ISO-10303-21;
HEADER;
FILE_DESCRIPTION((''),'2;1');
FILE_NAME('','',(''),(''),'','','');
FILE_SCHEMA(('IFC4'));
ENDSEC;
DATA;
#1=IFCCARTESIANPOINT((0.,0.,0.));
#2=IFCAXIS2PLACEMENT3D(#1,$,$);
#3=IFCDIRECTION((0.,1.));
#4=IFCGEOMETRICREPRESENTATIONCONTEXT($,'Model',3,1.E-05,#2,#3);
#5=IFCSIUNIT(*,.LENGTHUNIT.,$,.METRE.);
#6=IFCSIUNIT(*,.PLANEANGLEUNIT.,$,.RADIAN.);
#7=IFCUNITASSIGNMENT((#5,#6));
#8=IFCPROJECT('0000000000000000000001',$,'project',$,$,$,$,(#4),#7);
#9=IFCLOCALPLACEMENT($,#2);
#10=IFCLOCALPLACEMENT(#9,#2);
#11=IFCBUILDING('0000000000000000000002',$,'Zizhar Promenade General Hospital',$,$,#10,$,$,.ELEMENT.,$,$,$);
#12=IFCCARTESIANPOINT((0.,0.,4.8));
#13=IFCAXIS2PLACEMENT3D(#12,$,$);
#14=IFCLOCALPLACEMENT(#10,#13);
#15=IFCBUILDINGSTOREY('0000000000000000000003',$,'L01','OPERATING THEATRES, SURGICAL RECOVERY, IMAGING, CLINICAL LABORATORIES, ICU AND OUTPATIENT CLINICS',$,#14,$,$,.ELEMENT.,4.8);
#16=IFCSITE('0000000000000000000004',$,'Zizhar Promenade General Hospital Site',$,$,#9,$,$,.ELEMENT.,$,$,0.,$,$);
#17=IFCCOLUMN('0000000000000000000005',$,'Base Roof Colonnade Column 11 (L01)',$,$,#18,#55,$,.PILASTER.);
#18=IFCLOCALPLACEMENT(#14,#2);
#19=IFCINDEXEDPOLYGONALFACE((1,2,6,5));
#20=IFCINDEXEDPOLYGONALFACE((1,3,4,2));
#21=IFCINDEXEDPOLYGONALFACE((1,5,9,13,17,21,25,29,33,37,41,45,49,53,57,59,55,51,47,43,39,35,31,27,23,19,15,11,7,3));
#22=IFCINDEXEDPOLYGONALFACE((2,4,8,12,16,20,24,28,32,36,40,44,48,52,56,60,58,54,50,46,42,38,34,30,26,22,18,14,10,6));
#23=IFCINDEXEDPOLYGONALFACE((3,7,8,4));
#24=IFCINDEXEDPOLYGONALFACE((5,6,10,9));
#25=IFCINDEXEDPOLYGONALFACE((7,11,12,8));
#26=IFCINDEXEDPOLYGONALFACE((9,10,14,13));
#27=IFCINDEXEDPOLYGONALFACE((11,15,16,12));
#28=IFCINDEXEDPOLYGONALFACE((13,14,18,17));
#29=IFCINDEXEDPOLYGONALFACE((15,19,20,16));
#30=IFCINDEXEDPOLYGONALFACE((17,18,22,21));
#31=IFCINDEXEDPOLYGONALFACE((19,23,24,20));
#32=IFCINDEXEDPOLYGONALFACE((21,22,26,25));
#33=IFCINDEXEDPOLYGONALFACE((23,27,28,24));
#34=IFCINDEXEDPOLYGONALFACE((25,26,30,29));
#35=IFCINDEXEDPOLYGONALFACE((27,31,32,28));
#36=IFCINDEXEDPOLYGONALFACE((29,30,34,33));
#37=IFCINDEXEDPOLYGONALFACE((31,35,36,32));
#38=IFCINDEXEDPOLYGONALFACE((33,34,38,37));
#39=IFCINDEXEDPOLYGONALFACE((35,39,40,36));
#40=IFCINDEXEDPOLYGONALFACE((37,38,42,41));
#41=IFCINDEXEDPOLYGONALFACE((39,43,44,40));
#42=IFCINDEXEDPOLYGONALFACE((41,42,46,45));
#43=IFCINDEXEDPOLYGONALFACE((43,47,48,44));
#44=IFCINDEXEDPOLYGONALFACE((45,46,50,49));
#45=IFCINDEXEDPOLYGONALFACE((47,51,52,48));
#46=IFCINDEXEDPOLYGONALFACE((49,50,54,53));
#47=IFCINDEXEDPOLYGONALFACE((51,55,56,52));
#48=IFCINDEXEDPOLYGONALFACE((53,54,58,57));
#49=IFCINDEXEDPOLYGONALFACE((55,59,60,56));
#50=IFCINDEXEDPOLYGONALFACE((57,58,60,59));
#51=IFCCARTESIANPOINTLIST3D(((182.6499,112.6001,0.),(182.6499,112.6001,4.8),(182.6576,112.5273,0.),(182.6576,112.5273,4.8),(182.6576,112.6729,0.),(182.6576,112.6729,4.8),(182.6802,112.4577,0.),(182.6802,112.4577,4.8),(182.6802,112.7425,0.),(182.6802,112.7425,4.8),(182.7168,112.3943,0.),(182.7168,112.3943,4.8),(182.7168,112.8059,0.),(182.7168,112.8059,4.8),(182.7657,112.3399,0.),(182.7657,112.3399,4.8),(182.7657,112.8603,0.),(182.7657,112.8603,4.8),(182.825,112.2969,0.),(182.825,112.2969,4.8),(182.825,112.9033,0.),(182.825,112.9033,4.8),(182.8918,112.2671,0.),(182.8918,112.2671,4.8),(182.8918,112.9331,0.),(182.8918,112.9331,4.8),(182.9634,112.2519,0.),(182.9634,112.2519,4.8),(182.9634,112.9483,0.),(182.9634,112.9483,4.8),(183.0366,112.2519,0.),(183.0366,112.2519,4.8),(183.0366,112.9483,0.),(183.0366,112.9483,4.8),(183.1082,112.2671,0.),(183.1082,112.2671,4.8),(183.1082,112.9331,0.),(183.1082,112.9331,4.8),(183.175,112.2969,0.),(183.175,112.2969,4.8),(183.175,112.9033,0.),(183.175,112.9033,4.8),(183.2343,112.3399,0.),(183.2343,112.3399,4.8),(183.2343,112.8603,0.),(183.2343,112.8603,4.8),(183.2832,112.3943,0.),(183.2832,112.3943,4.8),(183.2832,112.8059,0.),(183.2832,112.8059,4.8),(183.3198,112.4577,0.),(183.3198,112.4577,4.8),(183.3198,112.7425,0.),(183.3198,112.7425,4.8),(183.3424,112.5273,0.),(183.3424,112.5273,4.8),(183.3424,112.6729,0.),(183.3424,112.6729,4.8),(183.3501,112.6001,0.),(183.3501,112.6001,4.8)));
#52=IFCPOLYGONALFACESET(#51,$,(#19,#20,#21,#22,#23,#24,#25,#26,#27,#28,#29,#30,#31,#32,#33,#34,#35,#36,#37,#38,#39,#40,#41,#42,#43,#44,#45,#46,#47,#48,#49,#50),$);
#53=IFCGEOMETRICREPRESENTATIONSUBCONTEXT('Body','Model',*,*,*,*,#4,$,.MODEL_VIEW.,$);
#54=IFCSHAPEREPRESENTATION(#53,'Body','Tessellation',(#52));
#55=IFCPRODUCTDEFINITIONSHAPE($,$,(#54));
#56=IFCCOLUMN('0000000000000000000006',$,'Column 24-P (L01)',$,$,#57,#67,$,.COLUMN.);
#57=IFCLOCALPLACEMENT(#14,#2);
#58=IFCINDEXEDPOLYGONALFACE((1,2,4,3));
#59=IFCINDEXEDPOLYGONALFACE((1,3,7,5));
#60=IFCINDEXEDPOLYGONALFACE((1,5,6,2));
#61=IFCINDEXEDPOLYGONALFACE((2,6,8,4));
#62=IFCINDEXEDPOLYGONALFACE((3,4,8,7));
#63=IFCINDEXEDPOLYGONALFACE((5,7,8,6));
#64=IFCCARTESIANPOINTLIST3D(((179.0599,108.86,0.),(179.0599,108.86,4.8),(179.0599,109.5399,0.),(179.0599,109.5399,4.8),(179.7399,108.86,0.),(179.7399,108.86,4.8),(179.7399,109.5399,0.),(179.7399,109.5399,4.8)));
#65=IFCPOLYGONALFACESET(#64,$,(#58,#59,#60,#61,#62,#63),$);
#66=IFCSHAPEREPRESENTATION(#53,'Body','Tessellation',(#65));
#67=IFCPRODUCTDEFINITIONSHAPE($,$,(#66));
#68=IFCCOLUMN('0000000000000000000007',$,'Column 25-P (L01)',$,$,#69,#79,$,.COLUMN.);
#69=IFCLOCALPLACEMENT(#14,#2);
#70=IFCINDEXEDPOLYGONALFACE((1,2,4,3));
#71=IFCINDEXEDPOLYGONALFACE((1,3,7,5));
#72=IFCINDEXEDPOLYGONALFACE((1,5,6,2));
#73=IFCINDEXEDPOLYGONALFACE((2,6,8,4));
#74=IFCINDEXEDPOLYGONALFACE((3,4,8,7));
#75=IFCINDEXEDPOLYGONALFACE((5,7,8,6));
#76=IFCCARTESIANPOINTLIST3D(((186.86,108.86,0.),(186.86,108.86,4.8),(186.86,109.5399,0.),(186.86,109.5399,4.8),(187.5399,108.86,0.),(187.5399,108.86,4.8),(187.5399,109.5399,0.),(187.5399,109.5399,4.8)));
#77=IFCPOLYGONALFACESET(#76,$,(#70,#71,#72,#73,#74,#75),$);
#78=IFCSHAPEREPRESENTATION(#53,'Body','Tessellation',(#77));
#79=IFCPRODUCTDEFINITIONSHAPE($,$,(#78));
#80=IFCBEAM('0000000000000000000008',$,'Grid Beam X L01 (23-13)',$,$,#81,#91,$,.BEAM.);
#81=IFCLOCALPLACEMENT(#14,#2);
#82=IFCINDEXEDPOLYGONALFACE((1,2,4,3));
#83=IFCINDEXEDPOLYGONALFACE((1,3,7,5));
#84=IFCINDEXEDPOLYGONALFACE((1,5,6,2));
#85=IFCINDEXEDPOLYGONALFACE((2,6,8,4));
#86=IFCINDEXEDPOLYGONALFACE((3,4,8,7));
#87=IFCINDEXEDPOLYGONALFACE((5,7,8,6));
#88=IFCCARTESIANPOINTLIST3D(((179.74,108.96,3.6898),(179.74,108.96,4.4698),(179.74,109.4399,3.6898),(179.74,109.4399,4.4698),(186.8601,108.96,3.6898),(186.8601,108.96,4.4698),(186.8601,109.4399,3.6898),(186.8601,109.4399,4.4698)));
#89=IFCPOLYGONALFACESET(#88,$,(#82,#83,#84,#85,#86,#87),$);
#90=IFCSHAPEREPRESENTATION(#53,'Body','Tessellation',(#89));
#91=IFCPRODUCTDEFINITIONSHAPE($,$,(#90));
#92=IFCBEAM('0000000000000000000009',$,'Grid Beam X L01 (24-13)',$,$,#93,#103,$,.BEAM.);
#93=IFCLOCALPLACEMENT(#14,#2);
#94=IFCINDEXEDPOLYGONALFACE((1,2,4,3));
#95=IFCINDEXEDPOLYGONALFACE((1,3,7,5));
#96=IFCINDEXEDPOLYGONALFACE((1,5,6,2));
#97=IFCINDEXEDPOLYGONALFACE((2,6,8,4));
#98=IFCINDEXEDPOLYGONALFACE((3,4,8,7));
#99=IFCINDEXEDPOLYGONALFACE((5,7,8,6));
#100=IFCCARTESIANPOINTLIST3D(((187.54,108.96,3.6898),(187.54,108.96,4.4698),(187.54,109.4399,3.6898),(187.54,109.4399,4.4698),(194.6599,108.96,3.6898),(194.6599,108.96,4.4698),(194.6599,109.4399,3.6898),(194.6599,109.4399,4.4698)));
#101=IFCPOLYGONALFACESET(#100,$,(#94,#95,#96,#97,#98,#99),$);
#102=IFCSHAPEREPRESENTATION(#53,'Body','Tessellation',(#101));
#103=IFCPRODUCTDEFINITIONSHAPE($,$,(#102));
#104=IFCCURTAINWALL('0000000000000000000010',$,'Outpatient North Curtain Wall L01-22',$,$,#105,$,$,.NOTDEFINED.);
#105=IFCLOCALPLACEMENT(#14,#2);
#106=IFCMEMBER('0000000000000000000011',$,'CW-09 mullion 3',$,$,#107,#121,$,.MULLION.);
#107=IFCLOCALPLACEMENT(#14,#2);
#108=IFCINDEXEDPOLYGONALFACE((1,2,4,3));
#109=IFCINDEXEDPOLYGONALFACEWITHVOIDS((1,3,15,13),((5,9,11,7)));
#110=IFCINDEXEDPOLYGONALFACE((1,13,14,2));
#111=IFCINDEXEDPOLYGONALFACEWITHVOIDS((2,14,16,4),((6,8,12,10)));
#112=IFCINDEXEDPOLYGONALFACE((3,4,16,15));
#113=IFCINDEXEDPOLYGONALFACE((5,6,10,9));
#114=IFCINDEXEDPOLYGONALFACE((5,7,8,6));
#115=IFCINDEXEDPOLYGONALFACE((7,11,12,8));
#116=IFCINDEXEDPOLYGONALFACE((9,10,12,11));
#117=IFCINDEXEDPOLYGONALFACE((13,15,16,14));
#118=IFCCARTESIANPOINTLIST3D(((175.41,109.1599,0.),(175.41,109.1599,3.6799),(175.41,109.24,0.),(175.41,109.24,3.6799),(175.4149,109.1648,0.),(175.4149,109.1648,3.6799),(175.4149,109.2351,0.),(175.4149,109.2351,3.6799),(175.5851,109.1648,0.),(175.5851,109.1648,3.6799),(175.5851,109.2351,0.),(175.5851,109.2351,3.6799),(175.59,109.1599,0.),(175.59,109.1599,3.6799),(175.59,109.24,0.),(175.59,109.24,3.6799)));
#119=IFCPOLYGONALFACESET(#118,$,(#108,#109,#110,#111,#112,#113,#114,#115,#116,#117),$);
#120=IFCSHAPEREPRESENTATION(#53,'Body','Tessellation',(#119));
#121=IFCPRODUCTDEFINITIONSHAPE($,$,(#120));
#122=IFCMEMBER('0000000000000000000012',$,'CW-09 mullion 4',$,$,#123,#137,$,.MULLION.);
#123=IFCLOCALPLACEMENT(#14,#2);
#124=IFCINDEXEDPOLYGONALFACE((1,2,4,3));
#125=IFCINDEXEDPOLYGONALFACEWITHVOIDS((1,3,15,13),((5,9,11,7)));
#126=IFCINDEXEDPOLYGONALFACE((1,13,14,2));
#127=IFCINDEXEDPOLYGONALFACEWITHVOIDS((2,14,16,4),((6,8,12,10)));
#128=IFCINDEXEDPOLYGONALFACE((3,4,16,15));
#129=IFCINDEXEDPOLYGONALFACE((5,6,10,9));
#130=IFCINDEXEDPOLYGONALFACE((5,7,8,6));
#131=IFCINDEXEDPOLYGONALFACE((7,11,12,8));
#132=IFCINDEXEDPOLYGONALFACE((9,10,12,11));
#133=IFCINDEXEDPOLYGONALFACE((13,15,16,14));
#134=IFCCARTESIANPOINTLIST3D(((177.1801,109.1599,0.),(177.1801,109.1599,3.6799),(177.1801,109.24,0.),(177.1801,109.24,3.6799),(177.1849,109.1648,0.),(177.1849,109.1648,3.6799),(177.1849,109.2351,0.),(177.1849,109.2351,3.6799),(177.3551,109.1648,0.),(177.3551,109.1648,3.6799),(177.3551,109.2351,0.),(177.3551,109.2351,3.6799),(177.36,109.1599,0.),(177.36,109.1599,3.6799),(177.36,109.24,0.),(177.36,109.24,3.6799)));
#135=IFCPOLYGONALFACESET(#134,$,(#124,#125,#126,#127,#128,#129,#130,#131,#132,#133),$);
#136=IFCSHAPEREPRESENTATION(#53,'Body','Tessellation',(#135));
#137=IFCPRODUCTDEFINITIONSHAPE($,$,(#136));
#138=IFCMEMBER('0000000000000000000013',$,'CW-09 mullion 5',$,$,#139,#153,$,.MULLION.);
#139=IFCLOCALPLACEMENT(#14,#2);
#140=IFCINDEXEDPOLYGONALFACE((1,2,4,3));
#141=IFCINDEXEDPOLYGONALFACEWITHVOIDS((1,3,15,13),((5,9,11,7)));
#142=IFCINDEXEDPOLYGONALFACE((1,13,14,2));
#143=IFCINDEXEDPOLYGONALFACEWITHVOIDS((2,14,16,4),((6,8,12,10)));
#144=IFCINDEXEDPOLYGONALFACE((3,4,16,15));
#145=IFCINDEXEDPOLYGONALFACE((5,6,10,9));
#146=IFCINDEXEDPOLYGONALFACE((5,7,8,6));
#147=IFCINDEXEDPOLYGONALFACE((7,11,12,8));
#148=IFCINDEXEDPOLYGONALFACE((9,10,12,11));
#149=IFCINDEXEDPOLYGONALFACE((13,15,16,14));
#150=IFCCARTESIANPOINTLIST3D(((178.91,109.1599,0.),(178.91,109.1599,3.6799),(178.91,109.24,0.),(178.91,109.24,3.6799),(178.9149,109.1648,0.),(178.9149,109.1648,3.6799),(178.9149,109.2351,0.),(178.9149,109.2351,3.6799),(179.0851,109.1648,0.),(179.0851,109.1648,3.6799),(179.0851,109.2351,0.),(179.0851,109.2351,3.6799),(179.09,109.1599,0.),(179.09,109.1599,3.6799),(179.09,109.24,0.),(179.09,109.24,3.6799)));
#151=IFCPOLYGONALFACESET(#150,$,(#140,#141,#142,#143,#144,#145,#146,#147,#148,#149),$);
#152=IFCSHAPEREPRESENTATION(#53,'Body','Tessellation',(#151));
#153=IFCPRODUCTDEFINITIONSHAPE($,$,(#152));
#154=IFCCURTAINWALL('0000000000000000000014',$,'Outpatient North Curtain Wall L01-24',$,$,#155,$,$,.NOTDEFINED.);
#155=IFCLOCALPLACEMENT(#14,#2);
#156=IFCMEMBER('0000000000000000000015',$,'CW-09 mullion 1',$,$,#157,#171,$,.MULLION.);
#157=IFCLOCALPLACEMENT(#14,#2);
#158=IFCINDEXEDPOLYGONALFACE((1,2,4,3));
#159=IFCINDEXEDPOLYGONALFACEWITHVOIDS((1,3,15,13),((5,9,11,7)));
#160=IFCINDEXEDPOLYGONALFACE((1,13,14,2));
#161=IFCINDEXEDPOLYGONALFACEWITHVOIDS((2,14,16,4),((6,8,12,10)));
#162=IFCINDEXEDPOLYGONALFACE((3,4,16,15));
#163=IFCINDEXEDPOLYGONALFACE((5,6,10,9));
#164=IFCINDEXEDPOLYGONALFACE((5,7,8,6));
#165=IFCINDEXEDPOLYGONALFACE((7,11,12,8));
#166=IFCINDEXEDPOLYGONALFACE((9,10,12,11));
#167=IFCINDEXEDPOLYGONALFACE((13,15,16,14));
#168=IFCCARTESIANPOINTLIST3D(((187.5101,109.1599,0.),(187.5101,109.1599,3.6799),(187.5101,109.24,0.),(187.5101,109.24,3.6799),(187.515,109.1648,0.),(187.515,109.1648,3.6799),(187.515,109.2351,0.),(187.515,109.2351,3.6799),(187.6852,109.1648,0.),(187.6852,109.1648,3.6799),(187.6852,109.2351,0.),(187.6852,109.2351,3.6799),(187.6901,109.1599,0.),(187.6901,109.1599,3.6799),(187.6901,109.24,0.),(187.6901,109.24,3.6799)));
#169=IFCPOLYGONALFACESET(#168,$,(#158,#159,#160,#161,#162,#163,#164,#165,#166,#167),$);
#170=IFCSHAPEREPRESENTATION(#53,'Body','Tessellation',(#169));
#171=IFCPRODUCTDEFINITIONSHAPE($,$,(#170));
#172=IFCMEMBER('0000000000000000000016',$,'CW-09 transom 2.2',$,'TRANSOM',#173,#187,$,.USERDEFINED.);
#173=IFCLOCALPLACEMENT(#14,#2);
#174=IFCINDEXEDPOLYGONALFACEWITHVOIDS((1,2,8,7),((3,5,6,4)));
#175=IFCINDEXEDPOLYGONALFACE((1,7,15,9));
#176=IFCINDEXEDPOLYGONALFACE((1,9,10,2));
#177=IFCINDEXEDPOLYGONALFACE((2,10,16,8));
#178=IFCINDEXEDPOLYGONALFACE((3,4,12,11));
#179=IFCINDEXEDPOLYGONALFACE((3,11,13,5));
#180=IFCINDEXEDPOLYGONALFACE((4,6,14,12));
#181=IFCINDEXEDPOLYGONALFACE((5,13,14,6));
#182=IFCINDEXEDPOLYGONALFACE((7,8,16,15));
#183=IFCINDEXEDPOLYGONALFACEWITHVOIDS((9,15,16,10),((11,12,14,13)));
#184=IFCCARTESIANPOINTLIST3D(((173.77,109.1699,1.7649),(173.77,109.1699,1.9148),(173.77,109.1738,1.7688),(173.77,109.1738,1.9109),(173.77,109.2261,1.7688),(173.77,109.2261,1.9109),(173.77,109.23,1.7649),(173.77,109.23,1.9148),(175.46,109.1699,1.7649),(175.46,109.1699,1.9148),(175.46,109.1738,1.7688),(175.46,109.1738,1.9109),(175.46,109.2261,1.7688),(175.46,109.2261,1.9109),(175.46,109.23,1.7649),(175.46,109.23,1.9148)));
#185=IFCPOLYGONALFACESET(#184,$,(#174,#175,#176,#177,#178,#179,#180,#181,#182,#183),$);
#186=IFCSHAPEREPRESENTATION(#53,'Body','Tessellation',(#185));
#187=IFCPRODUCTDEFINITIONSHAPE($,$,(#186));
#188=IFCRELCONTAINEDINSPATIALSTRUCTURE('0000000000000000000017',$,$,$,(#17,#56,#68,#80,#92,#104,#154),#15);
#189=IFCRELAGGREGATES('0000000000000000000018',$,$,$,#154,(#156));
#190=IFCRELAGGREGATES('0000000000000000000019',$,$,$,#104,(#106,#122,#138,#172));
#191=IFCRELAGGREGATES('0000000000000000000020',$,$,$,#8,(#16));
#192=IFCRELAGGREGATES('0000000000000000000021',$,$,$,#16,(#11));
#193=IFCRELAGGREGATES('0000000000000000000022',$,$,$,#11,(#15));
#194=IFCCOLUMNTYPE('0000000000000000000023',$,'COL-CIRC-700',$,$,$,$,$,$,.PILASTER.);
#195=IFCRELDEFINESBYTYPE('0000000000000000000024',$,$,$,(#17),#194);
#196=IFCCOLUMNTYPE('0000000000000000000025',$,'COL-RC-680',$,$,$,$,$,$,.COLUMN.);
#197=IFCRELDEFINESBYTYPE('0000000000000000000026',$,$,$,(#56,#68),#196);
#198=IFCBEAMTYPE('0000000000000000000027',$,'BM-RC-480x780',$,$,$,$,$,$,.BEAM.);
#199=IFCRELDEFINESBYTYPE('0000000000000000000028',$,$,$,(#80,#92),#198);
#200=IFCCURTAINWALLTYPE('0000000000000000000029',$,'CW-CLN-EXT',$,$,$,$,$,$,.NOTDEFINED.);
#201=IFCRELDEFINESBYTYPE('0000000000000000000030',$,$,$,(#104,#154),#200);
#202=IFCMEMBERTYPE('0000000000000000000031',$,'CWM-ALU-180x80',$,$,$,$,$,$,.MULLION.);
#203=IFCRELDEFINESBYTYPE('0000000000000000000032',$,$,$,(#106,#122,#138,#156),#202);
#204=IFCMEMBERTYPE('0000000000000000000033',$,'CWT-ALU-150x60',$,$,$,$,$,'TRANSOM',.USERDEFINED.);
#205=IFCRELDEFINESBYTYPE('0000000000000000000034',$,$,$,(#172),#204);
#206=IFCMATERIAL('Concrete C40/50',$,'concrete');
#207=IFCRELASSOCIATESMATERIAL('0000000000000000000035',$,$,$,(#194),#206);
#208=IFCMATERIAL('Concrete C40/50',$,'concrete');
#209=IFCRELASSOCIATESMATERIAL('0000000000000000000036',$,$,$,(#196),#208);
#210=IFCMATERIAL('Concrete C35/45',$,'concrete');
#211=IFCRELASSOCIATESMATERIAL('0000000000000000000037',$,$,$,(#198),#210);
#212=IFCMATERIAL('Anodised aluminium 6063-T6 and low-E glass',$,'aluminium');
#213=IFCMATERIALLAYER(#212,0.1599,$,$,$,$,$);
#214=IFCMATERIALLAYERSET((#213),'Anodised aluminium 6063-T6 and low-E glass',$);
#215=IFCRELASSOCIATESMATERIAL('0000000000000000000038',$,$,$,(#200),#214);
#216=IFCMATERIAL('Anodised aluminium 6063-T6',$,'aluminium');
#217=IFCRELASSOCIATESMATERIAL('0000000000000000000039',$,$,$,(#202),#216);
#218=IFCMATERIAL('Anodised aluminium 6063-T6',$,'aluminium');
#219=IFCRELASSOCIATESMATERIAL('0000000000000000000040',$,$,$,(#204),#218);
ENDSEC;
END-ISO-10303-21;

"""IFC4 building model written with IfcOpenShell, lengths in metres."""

from ifc_helpers import new_model, si_unit, direction, frame, origin, origin_2d, place, context, subcontext, project, spatial, rectangle, hollow_rectangle, circle, extrude, material, layer, layer_set, material_profile, profile_set, type_object, element, aggregate, save


model = new_model("IFC4")

# Units and contexts
model_context = context("Model", 3, precision=1e-05, world=origin(), true_north=direction((0.0, 1.0)))
body_context = subcontext(model_context, "Body", "Model", "MODEL_VIEW")
ifc_project = project(units=[si_unit("LENGTHUNIT", "METRE"), si_unit("PLANEANGLEUNIT", "RADIAN")], contexts=[model_context])

# Site, building, storey
site_placement = place(None, origin())
site = spatial("IfcSite", under=ifc_project, at=site_placement, Name="Zizhar Promenade General Hospital Site", CompositionType="ELEMENT", RefElevation=0.0)
building_placement = place(site_placement, origin())
building = spatial("IfcBuilding", under=site, at=building_placement, Name="Zizhar Promenade General Hospital", CompositionType="ELEMENT")
storey_placement = place(building_placement, frame((0.0, 0.0, 4.8)))
storey = spatial("IfcBuildingStorey", under=building, at=storey_placement, Name="L01", Description="OPERATING THEATRES, SURGICAL RECOVERY, IMAGING, CLINICAL LABORATORIES, ICU AND OUTPATIENT CLINICS", CompositionType="ELEMENT", Elevation=4.8)

# Columns
ifc_material_1 = material(Name="Concrete C40/50", Category="concrete")
ifc_material_profile_1 = material_profile(ifc_material_1, circle(Radius=0.3501, at=origin_2d()))
ifc_profile_set_1 = profile_set([ifc_material_profile_1], Name="Concrete C40/50")
column_type_1 = type_object("IfcColumnType", Name="COL-CIRC-700", PredefinedType="PILASTER", material=ifc_profile_set_1)
column_placement = place(storey_placement, frame((183.0, 112.6001, 0.0), z_axis=(0.0, 0.0, 1.0), x_axis=(1.0, 0.0, 0.0)))
element("IfcColumn", 1, at=column_placement, inside=storey, type_object=column_type_1, Name="Base Roof Colonnade Column 11 (L01)", PredefinedType="PILASTER", context=body_context, shape_type="SweptSolid", body=[
    extrude(circle(Radius=0.3501, at=origin_2d()), origin(), (0.0, 0.0, 1.0), 4.8),
])
ifc_material_2 = material(Name="Concrete C40/50", Category="concrete")
ifc_material_profile_2 = material_profile(ifc_material_2, rectangle(XDim=0.6799, YDim=0.6799, at=origin_2d()))
ifc_profile_set_2 = profile_set([ifc_material_profile_2], Name="Concrete C40/50")
column_type_2 = type_object("IfcColumnType", Name="COL-RC-680", PredefinedType="COLUMN", material=ifc_profile_set_2)
for number, where, z_axis, x_axis, name in (
    (2, (179.3999, 109.2, 0.0), (0.0, 0.0, 1.0), (1.0, 0.0, 0.0), "Column 24-P (L01)"),
    (3, (187.2, 109.2, 0.0), (0.0, 0.0, 1.0), (1.0, 0.0, 0.0), "Column 25-P (L01)"),
):
    element("IfcColumn", number, at=place(storey_placement, frame(where, z_axis=z_axis, x_axis=x_axis)), inside=storey, type_object=column_type_2, Name=name, PredefinedType="COLUMN", context=body_context, shape_type="SweptSolid", body=[
        extrude(rectangle(XDim=0.6799, YDim=0.6799, at=origin_2d()), origin(), (0.0, 0.0, 1.0), 4.8),
    ])

# Beams
ifc_material_3 = material(Name="Concrete C35/45", Category="concrete")
ifc_material_profile_3 = material_profile(ifc_material_3, rectangle(XDim=0.48, YDim=0.78, at=origin_2d()))
ifc_profile_set_3 = profile_set([ifc_material_profile_3], Name="Concrete C35/45")
beam_type = type_object("IfcBeamType", Name="BM-RC-480x780", PredefinedType="BEAM", material=ifc_profile_set_3)
beam_1_placement = place(storey_placement, frame((179.74, 109.2, 4.0798), z_axis=(1.0, 0.0, 0.0), x_axis=(0.0, 1.0, 0.0)))
element("IfcBeam", 4, at=beam_1_placement, inside=storey, type_object=beam_type, Name="Grid Beam X L01 (23-13)", PredefinedType="BEAM", context=body_context, shape_type="SweptSolid", body=[
    extrude(rectangle(XDim=0.48, YDim=0.78, at=origin_2d()), origin(), (0.0, 0.0, 1.0), 7.1201),
])
beam_2_placement = place(storey_placement, frame((187.54, 109.2, 4.0798), z_axis=(1.0, 0.0, 0.0), x_axis=(0.0, 1.0, 0.0)))
element("IfcBeam", 5, at=beam_2_placement, inside=storey, type_object=beam_type, Name="Grid Beam X L01 (24-13)", PredefinedType="BEAM", context=body_context, shape_type="SweptSolid", body=[
    extrude(rectangle(XDim=0.48, YDim=0.78, at=origin_2d()), origin(), (0.0, 0.0, 1.0), 7.1199),
])

# Curtain wall, members
ifc_material_4 = material(Name="Anodised aluminium 6063-T6 and low-E glass", Category="aluminium")
ifc_layer_1 = layer(ifc_material_4, 0.1599)
ifc_layer_set_1 = layer_set([ifc_layer_1], Name="Anodised aluminium 6063-T6 and low-E glass")
curtain_wall_type = type_object("IfcCurtainWallType", Name="CW-CLN-EXT", PredefinedType="NOTDEFINED", material=ifc_layer_set_1)
curtain_wall_1_placement = place(storey_placement, origin())
curtain_wall_1 = element("IfcCurtainWall", 6, at=curtain_wall_1_placement, inside=storey, type_object=curtain_wall_type, Name="Outpatient North Curtain Wall L01-22", PredefinedType="NOTDEFINED")
ifc_material_5 = material(Name="Anodised aluminium 6063-T6", Category="aluminium")
ifc_material_profile_4 = material_profile(ifc_material_5, hollow_rectangle(XDim=0.0801, YDim=0.1799, WallThickness=0.0049, at=origin_2d()))
ifc_profile_set_4 = profile_set([ifc_material_profile_4], Name="Anodised aluminium 6063-T6")
member_type_1 = type_object("IfcMemberType", Name="CWM-ALU-180x80", PredefinedType="MULLION", material=ifc_profile_set_4)
member_1_placement = place(storey_placement, frame((175.5, 109.2, 0.0), z_axis=(0.0, 0.0, 1.0), x_axis=(0.0, 1.0, 0.0)))
member_1 = element("IfcMember", 7, at=member_1_placement, type_object=member_type_1, Name="CW-09 mullion 3", PredefinedType="MULLION", context=body_context, shape_type="SweptSolid", body=[
    extrude(hollow_rectangle(XDim=0.0801, YDim=0.1799, WallThickness=0.0049, at=origin_2d()), origin(), (0.0, 0.0, 1.0), 3.6799),
])
member_2_placement = place(storey_placement, frame((177.27, 109.2, 0.0), z_axis=(0.0, 0.0, 1.0), x_axis=(0.0, 1.0, 0.0)))
member_2 = element("IfcMember", 8, at=member_2_placement, type_object=member_type_1, Name="CW-09 mullion 4", PredefinedType="MULLION", context=body_context, shape_type="SweptSolid", body=[
    extrude(hollow_rectangle(XDim=0.0801, YDim=0.1799, WallThickness=0.0049, at=origin_2d()), origin(), (0.0, 0.0, 1.0), 3.6799),
])
member_3_placement = place(storey_placement, frame((179.0, 109.2, 0.0), z_axis=(0.0, 0.0, 1.0), x_axis=(0.0, 1.0, 0.0)))
member_3 = element("IfcMember", 9, at=member_3_placement, type_object=member_type_1, Name="CW-09 mullion 5", PredefinedType="MULLION", context=body_context, shape_type="SweptSolid", body=[
    extrude(hollow_rectangle(XDim=0.0801, YDim=0.1799, WallThickness=0.0049, at=origin_2d()), origin(), (0.0, 0.0, 1.0), 3.6799),
])

# Curtain wall, member
curtain_wall_2_placement = place(storey_placement, origin())
curtain_wall_2 = element("IfcCurtainWall", 10, at=curtain_wall_2_placement, inside=storey, type_object=curtain_wall_type, Name="Outpatient North Curtain Wall L01-24", PredefinedType="NOTDEFINED")
member_4_placement = place(storey_placement, frame((187.6001, 109.2, 0.0), z_axis=(0.0, 0.0, 1.0), x_axis=(0.0, 1.0, 0.0)))
member_4 = element("IfcMember", 11, at=member_4_placement, type_object=member_type_1, Name="CW-09 mullion 1", PredefinedType="MULLION", context=body_context, shape_type="SweptSolid", body=[
    extrude(hollow_rectangle(XDim=0.0801, YDim=0.1799, WallThickness=0.0049, at=origin_2d()), origin(), (0.0, 0.0, 1.0), 3.6799),
])

# Member
ifc_material_6 = material(Name="Anodised aluminium 6063-T6", Category="aluminium")
ifc_material_profile_5 = material_profile(ifc_material_6, hollow_rectangle(XDim=0.0601, YDim=0.1499, WallThickness=0.0039, at=origin_2d()))
ifc_profile_set_5 = profile_set([ifc_material_profile_5], Name="Anodised aluminium 6063-T6")
member_type_2 = type_object("IfcMemberType", Name="CWT-ALU-150x60", ElementType="TRANSOM", PredefinedType="USERDEFINED", material=ifc_profile_set_5)
member_5_placement = place(storey_placement, frame((173.77, 109.2, 1.8398), z_axis=(1.0, 0.0, 0.0), x_axis=(0.0, 1.0, 0.0)))
member_5 = element("IfcMember", 12, at=member_5_placement, type_object=member_type_2, Name="CW-09 transom 2.2", ObjectType="TRANSOM", PredefinedType="USERDEFINED", context=body_context, shape_type="SweptSolid", body=[
    extrude(hollow_rectangle(XDim=0.0601, YDim=0.1499, WallThickness=0.0039, at=origin_2d()), origin(), (0.0, 0.0, 1.0), 1.6899),
])
aggregate(curtain_wall_2, [member_4])

aggregate(curtain_wall_1, [member_1, member_2, member_3, member_5])

save(model, "model.ifc")
